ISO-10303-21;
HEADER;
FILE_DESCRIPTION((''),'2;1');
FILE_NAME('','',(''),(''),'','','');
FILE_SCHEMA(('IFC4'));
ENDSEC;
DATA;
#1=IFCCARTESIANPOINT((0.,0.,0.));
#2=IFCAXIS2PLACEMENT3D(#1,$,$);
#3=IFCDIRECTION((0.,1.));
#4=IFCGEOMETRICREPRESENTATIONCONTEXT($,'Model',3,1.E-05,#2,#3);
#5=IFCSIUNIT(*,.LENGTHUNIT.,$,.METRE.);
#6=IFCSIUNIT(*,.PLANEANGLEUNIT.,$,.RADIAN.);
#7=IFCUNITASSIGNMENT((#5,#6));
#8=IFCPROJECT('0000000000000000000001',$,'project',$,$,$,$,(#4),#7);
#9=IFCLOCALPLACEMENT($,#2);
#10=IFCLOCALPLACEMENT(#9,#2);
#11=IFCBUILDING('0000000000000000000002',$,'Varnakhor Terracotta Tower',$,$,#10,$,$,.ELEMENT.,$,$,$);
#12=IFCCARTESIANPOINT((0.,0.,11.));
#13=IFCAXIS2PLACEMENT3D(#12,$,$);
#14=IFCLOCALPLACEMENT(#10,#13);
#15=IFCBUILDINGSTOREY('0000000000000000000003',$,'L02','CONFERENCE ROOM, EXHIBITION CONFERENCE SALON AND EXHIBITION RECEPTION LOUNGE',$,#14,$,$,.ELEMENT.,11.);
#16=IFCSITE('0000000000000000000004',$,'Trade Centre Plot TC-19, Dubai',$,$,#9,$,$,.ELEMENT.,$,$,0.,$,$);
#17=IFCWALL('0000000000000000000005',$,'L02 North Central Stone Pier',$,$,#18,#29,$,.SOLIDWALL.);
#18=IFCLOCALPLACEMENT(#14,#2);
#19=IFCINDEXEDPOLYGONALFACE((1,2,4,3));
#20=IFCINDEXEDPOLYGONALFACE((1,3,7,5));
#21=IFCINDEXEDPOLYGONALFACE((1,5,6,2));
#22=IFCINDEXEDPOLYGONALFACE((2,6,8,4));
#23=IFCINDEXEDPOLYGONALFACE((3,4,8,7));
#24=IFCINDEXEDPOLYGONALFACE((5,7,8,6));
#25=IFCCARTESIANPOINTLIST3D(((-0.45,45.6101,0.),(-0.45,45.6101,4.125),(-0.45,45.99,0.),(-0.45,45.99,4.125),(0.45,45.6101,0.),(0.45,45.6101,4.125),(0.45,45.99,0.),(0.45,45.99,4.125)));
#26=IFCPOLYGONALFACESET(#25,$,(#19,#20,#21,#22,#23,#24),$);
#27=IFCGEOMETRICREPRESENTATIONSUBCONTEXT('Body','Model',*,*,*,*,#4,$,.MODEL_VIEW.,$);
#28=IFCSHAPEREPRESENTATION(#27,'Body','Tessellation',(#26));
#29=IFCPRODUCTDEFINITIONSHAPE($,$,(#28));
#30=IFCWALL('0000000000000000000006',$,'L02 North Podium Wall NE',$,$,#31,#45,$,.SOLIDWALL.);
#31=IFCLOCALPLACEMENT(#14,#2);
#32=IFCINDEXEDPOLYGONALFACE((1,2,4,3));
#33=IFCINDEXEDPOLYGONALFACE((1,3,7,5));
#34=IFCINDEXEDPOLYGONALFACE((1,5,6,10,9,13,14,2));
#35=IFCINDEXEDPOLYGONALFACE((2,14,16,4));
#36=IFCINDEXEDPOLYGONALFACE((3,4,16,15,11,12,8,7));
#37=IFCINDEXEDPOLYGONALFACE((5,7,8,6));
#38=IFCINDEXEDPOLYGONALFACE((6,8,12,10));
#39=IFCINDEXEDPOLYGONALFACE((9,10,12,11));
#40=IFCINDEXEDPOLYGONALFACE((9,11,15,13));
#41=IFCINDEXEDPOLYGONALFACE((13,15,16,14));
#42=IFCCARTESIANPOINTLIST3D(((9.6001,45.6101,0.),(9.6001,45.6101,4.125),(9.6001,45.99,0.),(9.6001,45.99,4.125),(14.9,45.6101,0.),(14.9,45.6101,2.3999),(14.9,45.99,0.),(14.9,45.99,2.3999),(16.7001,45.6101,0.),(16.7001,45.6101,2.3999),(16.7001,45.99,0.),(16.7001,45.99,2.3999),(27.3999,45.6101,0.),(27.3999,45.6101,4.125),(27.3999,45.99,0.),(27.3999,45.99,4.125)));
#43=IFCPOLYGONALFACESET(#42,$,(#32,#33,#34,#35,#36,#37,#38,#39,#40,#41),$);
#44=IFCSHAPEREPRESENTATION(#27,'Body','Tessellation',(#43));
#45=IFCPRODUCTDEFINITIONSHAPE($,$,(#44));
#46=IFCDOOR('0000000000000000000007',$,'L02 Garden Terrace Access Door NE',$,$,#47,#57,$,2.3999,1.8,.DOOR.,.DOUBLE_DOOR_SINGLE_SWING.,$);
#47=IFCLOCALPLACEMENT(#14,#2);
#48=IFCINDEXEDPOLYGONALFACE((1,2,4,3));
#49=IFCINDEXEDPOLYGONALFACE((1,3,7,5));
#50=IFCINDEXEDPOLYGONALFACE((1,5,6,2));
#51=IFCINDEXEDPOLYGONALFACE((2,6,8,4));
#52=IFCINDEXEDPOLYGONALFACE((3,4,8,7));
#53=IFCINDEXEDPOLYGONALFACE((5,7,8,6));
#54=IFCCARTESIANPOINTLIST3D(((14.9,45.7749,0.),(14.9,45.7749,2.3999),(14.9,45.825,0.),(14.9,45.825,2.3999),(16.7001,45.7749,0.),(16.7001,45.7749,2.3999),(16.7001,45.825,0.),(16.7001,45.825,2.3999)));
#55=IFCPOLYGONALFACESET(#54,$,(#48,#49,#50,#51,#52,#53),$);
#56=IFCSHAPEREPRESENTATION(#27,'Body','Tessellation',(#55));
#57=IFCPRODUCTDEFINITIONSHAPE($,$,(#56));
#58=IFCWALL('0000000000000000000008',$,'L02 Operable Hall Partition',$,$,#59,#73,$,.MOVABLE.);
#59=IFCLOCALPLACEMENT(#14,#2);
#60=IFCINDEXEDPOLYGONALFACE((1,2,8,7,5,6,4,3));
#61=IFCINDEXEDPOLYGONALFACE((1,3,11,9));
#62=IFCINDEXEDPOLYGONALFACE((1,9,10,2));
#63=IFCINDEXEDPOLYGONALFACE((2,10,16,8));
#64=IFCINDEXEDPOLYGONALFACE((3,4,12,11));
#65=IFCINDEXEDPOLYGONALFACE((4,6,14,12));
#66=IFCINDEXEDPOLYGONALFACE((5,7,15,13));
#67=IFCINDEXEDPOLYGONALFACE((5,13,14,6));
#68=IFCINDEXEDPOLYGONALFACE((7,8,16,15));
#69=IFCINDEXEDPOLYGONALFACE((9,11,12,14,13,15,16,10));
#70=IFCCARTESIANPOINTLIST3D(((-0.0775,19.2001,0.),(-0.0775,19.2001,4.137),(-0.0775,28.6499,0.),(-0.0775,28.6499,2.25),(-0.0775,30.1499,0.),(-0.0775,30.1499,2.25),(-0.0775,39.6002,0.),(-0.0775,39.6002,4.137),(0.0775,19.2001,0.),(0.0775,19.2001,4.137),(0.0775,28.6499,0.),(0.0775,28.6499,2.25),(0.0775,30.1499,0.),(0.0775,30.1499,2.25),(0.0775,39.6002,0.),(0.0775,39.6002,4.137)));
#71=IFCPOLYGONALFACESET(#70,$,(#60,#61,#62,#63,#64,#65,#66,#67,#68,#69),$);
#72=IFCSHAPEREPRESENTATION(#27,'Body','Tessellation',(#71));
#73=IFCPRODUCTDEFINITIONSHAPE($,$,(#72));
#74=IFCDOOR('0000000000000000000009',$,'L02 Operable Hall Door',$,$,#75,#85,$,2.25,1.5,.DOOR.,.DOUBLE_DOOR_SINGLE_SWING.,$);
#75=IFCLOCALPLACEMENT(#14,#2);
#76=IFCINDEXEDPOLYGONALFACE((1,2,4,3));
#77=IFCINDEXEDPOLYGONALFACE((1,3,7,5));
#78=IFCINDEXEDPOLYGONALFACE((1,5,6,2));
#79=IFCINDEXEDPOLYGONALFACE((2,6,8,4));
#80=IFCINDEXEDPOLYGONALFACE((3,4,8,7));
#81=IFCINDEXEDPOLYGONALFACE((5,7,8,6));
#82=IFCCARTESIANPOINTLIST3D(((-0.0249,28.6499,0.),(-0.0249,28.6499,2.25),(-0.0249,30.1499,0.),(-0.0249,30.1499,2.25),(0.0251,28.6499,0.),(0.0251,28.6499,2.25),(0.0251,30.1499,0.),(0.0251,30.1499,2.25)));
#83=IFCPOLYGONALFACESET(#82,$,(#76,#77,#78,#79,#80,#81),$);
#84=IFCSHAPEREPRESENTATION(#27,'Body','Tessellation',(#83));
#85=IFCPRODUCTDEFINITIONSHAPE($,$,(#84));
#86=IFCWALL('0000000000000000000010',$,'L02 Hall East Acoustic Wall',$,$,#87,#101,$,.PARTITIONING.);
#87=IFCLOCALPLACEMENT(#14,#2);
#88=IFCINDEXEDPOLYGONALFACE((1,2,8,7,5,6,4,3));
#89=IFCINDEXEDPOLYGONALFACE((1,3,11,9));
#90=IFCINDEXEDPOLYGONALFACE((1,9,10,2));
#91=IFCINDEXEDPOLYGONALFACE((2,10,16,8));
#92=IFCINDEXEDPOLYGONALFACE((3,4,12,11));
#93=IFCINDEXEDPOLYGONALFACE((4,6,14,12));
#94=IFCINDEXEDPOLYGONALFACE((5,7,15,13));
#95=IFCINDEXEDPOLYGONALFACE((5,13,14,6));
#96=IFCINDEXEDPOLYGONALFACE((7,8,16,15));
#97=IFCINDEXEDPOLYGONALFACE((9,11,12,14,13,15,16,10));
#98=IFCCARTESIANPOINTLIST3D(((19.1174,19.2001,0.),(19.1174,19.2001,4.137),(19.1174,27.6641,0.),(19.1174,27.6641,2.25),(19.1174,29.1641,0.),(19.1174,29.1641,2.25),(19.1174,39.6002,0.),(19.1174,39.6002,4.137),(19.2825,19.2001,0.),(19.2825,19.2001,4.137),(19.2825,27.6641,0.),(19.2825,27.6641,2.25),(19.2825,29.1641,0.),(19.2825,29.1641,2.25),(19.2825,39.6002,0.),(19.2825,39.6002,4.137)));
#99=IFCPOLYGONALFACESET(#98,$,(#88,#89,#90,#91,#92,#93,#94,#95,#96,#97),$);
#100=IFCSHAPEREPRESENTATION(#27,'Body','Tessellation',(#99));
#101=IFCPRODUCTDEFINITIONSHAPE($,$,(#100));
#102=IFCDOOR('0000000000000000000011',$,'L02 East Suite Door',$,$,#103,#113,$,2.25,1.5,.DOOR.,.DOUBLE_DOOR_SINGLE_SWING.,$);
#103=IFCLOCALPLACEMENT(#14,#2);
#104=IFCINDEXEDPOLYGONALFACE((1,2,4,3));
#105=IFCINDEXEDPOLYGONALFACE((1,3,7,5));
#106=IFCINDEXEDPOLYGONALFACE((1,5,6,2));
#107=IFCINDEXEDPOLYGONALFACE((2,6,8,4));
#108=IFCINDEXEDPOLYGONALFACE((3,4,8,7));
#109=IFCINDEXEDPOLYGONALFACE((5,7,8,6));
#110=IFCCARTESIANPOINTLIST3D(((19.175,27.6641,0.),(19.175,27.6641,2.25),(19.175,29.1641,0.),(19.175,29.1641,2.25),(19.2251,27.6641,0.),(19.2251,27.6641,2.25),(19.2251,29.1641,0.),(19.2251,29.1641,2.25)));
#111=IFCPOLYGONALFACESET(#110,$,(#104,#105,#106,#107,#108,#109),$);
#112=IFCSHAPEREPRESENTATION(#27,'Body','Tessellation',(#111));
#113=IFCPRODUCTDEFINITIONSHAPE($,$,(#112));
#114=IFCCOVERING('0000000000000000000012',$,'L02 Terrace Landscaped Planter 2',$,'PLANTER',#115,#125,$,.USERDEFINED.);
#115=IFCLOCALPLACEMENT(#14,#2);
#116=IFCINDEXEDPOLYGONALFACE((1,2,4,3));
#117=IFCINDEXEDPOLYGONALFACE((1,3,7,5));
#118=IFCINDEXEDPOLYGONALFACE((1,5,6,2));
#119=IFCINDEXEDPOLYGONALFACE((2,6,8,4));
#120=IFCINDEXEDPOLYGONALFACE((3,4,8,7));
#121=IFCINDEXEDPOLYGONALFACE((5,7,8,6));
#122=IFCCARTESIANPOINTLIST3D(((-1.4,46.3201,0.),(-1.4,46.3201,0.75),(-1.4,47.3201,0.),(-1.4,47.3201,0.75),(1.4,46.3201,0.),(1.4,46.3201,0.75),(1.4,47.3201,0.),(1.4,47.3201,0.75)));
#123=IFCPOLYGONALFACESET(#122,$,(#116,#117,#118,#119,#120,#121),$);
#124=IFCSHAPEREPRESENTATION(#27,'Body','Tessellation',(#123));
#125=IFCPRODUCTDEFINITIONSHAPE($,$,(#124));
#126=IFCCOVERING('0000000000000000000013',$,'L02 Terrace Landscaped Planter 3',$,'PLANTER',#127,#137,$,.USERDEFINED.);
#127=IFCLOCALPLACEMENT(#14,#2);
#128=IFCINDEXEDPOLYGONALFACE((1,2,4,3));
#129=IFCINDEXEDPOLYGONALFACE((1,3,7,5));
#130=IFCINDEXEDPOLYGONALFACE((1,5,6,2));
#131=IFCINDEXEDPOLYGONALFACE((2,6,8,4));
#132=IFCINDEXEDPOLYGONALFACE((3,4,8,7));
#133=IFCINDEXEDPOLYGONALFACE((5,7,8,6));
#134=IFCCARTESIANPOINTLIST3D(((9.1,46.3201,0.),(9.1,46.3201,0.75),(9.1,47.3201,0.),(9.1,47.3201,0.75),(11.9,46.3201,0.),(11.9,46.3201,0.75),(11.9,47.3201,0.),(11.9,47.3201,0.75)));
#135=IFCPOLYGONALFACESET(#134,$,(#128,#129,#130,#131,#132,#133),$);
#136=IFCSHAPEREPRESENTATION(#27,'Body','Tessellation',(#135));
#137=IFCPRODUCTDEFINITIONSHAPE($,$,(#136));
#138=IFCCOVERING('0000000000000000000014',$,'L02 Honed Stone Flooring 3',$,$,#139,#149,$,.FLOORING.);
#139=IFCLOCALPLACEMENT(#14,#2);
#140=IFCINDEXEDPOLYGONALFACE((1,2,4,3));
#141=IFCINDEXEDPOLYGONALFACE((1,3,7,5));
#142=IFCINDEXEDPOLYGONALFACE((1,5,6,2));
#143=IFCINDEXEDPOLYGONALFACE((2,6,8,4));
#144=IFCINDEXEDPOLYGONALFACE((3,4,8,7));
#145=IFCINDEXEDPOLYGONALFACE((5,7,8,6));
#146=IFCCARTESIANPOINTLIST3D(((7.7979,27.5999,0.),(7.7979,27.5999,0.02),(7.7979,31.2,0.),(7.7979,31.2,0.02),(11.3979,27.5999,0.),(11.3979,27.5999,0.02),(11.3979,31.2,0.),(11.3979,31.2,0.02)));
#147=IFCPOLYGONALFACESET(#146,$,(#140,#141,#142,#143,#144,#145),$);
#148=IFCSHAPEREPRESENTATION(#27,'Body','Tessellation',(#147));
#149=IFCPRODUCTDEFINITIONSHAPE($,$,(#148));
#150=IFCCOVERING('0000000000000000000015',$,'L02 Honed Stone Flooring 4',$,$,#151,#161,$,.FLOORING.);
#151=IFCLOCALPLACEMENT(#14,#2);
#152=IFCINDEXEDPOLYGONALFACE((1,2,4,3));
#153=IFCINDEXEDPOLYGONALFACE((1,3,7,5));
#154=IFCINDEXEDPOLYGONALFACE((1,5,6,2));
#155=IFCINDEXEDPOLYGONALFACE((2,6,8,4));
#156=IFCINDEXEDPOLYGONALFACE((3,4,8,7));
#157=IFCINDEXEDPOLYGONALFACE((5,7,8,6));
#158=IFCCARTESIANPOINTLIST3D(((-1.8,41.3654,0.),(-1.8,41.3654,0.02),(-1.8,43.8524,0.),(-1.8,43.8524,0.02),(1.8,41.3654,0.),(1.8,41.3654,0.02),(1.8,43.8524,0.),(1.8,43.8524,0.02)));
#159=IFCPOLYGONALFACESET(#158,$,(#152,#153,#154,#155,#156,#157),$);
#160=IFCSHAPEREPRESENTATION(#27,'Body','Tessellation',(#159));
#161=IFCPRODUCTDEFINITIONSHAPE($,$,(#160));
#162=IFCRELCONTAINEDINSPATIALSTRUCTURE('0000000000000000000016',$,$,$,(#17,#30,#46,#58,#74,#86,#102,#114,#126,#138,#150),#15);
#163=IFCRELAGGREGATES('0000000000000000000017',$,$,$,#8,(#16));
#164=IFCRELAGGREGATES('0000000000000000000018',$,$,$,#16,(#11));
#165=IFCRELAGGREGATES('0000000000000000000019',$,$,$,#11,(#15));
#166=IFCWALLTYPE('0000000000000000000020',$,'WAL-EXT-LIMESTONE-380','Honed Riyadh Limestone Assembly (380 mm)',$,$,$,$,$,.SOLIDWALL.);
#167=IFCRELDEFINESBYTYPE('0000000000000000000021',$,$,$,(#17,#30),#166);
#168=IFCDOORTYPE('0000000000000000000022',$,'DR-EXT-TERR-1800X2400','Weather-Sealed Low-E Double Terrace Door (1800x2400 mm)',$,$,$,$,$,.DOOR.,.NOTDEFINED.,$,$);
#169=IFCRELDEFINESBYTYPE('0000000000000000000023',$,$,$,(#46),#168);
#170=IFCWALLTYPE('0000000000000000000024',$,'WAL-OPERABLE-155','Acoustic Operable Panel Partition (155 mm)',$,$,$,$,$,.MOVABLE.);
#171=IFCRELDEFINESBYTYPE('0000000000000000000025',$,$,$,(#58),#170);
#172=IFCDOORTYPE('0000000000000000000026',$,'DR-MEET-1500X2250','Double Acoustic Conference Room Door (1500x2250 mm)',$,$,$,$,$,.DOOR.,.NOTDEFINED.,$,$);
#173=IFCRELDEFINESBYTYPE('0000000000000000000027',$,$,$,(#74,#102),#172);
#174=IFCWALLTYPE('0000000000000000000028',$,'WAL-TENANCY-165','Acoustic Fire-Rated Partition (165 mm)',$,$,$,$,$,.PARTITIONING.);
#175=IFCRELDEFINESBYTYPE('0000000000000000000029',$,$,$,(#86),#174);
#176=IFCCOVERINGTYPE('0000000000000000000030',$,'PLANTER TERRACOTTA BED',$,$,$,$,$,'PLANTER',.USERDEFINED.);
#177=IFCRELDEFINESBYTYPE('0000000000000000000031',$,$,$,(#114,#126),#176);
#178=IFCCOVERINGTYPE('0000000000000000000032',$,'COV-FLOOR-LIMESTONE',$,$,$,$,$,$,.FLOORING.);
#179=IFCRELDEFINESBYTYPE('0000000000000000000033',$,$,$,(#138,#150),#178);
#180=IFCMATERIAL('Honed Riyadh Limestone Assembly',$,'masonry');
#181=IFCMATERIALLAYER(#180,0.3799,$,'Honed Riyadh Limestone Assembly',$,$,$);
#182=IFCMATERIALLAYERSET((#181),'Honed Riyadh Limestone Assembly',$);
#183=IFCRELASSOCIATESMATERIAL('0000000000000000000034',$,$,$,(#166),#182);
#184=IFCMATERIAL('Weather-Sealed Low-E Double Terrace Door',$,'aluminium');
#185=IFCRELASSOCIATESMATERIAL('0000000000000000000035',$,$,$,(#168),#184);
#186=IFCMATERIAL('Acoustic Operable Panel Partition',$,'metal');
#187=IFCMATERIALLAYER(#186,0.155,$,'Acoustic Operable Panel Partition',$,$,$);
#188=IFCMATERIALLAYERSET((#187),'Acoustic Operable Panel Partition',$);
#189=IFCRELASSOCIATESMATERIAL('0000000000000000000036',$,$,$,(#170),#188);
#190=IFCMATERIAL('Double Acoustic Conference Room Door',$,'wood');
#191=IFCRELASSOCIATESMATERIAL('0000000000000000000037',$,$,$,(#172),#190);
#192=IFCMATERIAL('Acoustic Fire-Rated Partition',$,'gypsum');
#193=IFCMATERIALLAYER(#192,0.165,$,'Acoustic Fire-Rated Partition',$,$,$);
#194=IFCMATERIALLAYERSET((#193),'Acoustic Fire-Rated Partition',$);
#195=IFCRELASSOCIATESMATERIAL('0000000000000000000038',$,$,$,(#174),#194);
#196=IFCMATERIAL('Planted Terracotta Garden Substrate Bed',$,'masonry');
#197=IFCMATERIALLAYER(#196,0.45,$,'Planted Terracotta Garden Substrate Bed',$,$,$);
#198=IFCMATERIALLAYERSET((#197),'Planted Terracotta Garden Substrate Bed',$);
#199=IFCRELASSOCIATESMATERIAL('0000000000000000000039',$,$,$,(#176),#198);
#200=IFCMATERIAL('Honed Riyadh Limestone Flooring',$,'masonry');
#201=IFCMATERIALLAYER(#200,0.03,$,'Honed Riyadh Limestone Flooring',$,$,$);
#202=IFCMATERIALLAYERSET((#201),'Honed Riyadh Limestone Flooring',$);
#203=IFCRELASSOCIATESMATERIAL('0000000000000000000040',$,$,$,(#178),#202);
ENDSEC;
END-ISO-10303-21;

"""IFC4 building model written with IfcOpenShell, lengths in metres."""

from ifc_helpers import new_model, si_unit, direction, frame, frame_2d, origin, origin_2d, place, context, subcontext, project, spatial, rectangle, extrude, source, transform, mapped, material, layer, layer_set, type_object, type_shapes, element, fill, save


model = new_model("IFC4")

# Units and contexts
model_context = context("Model", 3, precision=1e-05, world=origin(), true_north=direction((0.0, 1.0)))
body_context = subcontext(model_context, "Body", "Model", "MODEL_VIEW")
ifc_project = project(units=[si_unit("LENGTHUNIT", "METRE"), si_unit("PLANEANGLEUNIT", "RADIAN")], contexts=[model_context])

# Site, building, storey
site_placement = place(None, origin())
site = spatial("IfcSite", under=ifc_project, at=site_placement, Name="Trade Centre Plot TC-19, Dubai", CompositionType="ELEMENT", RefElevation=0.0)
building_placement = place(site_placement, origin())
building = spatial("IfcBuilding", under=site, at=building_placement, Name="Varnakhor Terracotta Tower", CompositionType="ELEMENT")
storey_placement = place(building_placement, frame((0.0, 0.0, 11.0)))
storey = spatial("IfcBuildingStorey", under=building, at=storey_placement, Name="L02", Description="CONFERENCE ROOM, EXHIBITION CONFERENCE SALON AND EXHIBITION RECEPTION LOUNGE", CompositionType="ELEMENT", Elevation=11.0)

# Wall
ifc_material_1 = material(Name="Honed Riyadh Limestone Assembly", Category="masonry")
ifc_layer_1 = layer(ifc_material_1, 0.3799, Name="Honed Riyadh Limestone Assembly")
ifc_layer_set_1 = layer_set([ifc_layer_1], Name="Honed Riyadh Limestone Assembly")
wall_type_1 = type_object("IfcWallType", Name="WAL-EXT-LIMESTONE-380", Description="Honed Riyadh Limestone Assembly (380 mm)", PredefinedType="SOLIDWALL", material=ifc_layer_set_1)
wall_1_placement = place(storey_placement, frame((-0.45, 45.8, 0.0), z_axis=(0.0, 0.0, 1.0), x_axis=(1.0, 0.0, 0.0)))
element("IfcWall", 1, at=wall_1_placement, inside=storey, type_object=wall_type_1, Name="L02 North Central Stone Pier", PredefinedType="SOLIDWALL", context=body_context, shape_type="SweptSolid", body=[
    extrude(rectangle(XDim=0.8999, YDim=0.3799, at=frame_2d((0.45, 0.0))), origin(), (0.0, 0.0, 1.0), 4.125),
])

# Walls, openings, doors
wall_2_placement = place(storey_placement, frame((9.6001, 45.8, 0.0), z_axis=(0.0, 0.0, 1.0), x_axis=(1.0, 0.0, 0.0)))
wall_2 = element("IfcWall", 2, at=wall_2_placement, inside=storey, type_object=wall_type_1, Name="L02 North Podium Wall NE", PredefinedType="SOLIDWALL", context=body_context, shape_type="SweptSolid", body=[
    extrude(rectangle(XDim=17.7998, YDim=0.3799, at=frame_2d((8.8999, 0.0))), origin(), (0.0, 0.0, 1.0), 4.125),
])
opening_1_placement = place(wall_2_placement, frame((5.3, 0.0, 0.0)))
opening_1 = element("IfcOpeningElement", 3, at=opening_1_placement, cuts=wall_2, PredefinedType="OPENING", context=body_context, shape_type="SweptSolid", body=[
    extrude(rectangle(XDim=1.8, YDim=2.3999, at=frame_2d((0.8999, 1.2))), frame((0.0, 0.2, 0.0), z_axis=(0.0, -1.0, 0.0), x_axis=(1.0, 0.0, 0.0)), (0.0, 0.0, 1.0), 0.3999),
])
ifc_material_2 = material(Name="Weather-Sealed Low-E Double Terrace Door", Category="aluminium")
door_type_1 = type_object("IfcDoorType", Name="DR-EXT-TERR-1800X2400", Description="Weather-Sealed Low-E Double Terrace Door (1800x2400 mm)", OperationType="NOTDEFINED", PredefinedType="DOOR", material=ifc_material_2)
shared_shape_1 = source(origin(), body_context, "Body", "SweptSolid", [
    extrude(rectangle(XDim=1.8, YDim=2.3999, at=frame_2d((0.8999, 1.2))), frame((0.0, 0.0249, 0.0), z_axis=(0.0, -1.0, 0.0), x_axis=(1.0, 0.0, 0.0)), (0.0, 0.0, 1.0), 0.05),
])
type_shapes(door_type_1, [shared_shape_1])
door_1_placement = place(opening_1_placement, origin())
door_1 = element("IfcDoor", 4, at=door_1_placement, inside=storey, type_object=door_type_1, Name="L02 Garden Terrace Access Door NE", OperationType="DOUBLE_DOOR_SINGLE_SWING", OverallHeight=2.3999, OverallWidth=1.8, PredefinedType="DOOR", context=body_context, shape_type="MappedRepresentation", body=[
    mapped(shared_shape_1, transform((0.0, 0.0, 0.0), scale=1.0)),
])
fill(opening_1, door_1)
ifc_material_3 = material(Name="Acoustic Operable Panel Partition", Category="metal")
ifc_layer_2 = layer(ifc_material_3, 0.155, Name="Acoustic Operable Panel Partition")
ifc_layer_set_2 = layer_set([ifc_layer_2], Name="Acoustic Operable Panel Partition")
wall_type_2 = type_object("IfcWallType", Name="WAL-OPERABLE-155", Description="Acoustic Operable Panel Partition (155 mm)", PredefinedType="MOVABLE", material=ifc_layer_set_2)
wall_3_placement = place(storey_placement, frame((0.0, 19.2, 0.0), z_axis=(0.0, 0.0, 1.0), x_axis=(0.0, 1.0, 0.0)))
wall_3 = element("IfcWall", 5, at=wall_3_placement, inside=storey, type_object=wall_type_2, Name="L02 Operable Hall Partition", PredefinedType="MOVABLE", context=body_context, shape_type="SweptSolid", body=[
    extrude(rectangle(XDim=20.4001, YDim=0.155, at=frame_2d((10.2002, 0.0))), origin(), (0.0, 0.0, 1.0), 4.137),
])
opening_2_placement = place(wall_3_placement, frame((9.45, 0.0, 0.0)))
opening_2 = element("IfcOpeningElement", 6, at=opening_2_placement, cuts=wall_3, PredefinedType="OPENING", context=body_context, shape_type="SweptSolid", body=[
    extrude(rectangle(XDim=1.5, YDim=2.25, at=frame_2d((0.75, 1.125))), frame((0.0, 0.0874, 0.0), z_axis=(0.0, -1.0, 0.0), x_axis=(1.0, 0.0, 0.0)), (0.0, 0.0, 1.0), 0.175),
])
ifc_material_4 = material(Name="Double Acoustic Conference Room Door", Category="wood")
door_type_2 = type_object("IfcDoorType", Name="DR-MEET-1500X2250", Description="Double Acoustic Conference Room Door (1500x2250 mm)", OperationType="NOTDEFINED", PredefinedType="DOOR", material=ifc_material_4)
shared_shape_2 = source(origin(), body_context, "Body", "SweptSolid", [
    extrude(rectangle(XDim=1.5, YDim=2.25, at=frame_2d((0.75, 1.125))), frame((0.0, 0.0249, 0.0), z_axis=(0.0, -1.0, 0.0), x_axis=(1.0, 0.0, 0.0)), (0.0, 0.0, 1.0), 0.05),
])
type_shapes(door_type_2, [shared_shape_2])
door_2_placement = place(opening_2_placement, origin())
door_2 = element("IfcDoor", 7, at=door_2_placement, inside=storey, type_object=door_type_2, Name="L02 Operable Hall Door", OperationType="DOUBLE_DOOR_SINGLE_SWING", OverallHeight=2.25, OverallWidth=1.5, PredefinedType="DOOR", context=body_context, shape_type="MappedRepresentation", body=[
    mapped(shared_shape_2, transform((0.0, 0.0, 0.0), scale=1.0)),
])
fill(opening_2, door_2)
ifc_material_5 = material(Name="Acoustic Fire-Rated Partition", Category="gypsum")
ifc_layer_3 = layer(ifc_material_5, 0.165, Name="Acoustic Fire-Rated Partition")
ifc_layer_set_3 = layer_set([ifc_layer_3], Name="Acoustic Fire-Rated Partition")
wall_type_3 = type_object("IfcWallType", Name="WAL-TENANCY-165", Description="Acoustic Fire-Rated Partition (165 mm)", PredefinedType="PARTITIONING", material=ifc_layer_set_3)
wall_4_placement = place(storey_placement, frame((19.2, 19.2, 0.0), z_axis=(0.0, 0.0, 1.0), x_axis=(0.0, 1.0, 0.0)))
wall_4 = element("IfcWall", 8, at=wall_4_placement, inside=storey, type_object=wall_type_3, Name="L02 Hall East Acoustic Wall", PredefinedType="PARTITIONING", context=body_context, shape_type="SweptSolid", body=[
    extrude(rectangle(XDim=20.4001, YDim=0.165, at=frame_2d((10.2002, 0.0))), origin(), (0.0, 0.0, 1.0), 4.137),
])
opening_3_placement = place(wall_4_placement, frame((8.4641, 0.0, 0.0)))
opening_3 = element("IfcOpeningElement", 9, at=opening_3_placement, cuts=wall_4, PredefinedType="OPENING", context=body_context, shape_type="SweptSolid", body=[
    extrude(rectangle(XDim=1.5, YDim=2.25, at=frame_2d((0.75, 1.125))), frame((0.0, 0.0925, 0.0), z_axis=(0.0, -1.0, 0.0), x_axis=(1.0, 0.0, 0.0)), (0.0, 0.0, 1.0), 0.1851),
])
door_3_placement = place(opening_3_placement, origin())
door_3 = element("IfcDoor", 10, at=door_3_placement, inside=storey, type_object=door_type_2, Name="L02 East Suite Door", OperationType="DOUBLE_DOOR_SINGLE_SWING", OverallHeight=2.25, OverallWidth=1.5, PredefinedType="DOOR", context=body_context, shape_type="MappedRepresentation", body=[
    mapped(shared_shape_2, transform((0.0, 0.0, 0.0), scale=1.0)),
])
fill(opening_3, door_3)

# Coverings
ifc_material_6 = material(Name="Planted Terracotta Garden Substrate Bed", Category="masonry")
ifc_layer_4 = layer(ifc_material_6, 0.45, Name="Planted Terracotta Garden Substrate Bed")
ifc_layer_set_4 = layer_set([ifc_layer_4], Name="Planted Terracotta Garden Substrate Bed")
covering_type_1 = type_object("IfcCoveringType", Name="PLANTER TERRACOTTA BED", ElementType="PLANTER", PredefinedType="USERDEFINED", material=ifc_layer_set_4)
shared_shape_3 = source(origin(), body_context, "Body", "SweptSolid", [
    extrude(rectangle(XDim=2.8, YDim=1.0, at=origin_2d()), origin(), (0.0, 0.0, 1.0), 0.75),
])
type_shapes(covering_type_1, [shared_shape_3])
for number, where, z_axis, x_axis, name in (
    (11, (0.0, 46.8201, 0.0), (0.0, 0.0, 1.0), (1.0, 0.0, 0.0), "L02 Terrace Landscaped Planter 2"),
    (12, (10.5, 46.8201, 0.0), (0.0, 0.0, 1.0), (1.0, 0.0, 0.0), "L02 Terrace Landscaped Planter 3"),
):
    element("IfcCovering", number, at=place(storey_placement, frame(where, z_axis=z_axis, x_axis=x_axis)), inside=storey, type_object=covering_type_1, Name=name, ObjectType="PLANTER", PredefinedType="USERDEFINED", context=body_context, shape_type="MappedRepresentation", body=[
        mapped(shared_shape_3, transform((0.0, 0.0, 0.0), scale=1.0)),
    ])
ifc_material_7 = material(Name="Honed Riyadh Limestone Flooring", Category="masonry")
ifc_layer_5 = layer(ifc_material_7, 0.03, Name="Honed Riyadh Limestone Flooring")
ifc_layer_set_5 = layer_set([ifc_layer_5], Name="Honed Riyadh Limestone Flooring")
covering_type_2 = type_object("IfcCoveringType", Name="COV-FLOOR-LIMESTONE", PredefinedType="FLOORING", material=ifc_layer_set_5)
shared_shape_4 = source(origin(), body_context, "Body", "SweptSolid", [
    extrude(rectangle(XDim=3.6001, YDim=3.6001, at=origin_2d()), origin(), (0.0, 0.0, 1.0), 0.02),
])
covering_1_placement = place(storey_placement, frame((9.5979, 29.3999, 0.0), z_axis=(0.0, 0.0, 1.0), x_axis=(1.0, 0.0, 0.0)))
element("IfcCovering", 13, at=covering_1_placement, inside=storey, type_object=covering_type_2, Name="L02 Honed Stone Flooring 3", PredefinedType="FLOORING", context=body_context, shape_type="MappedRepresentation", body=[
    mapped(shared_shape_4, transform((0.0, 0.0, 0.0), scale=1.0)),
])
shared_shape_5 = source(origin(), body_context, "Body", "SweptSolid", [
    extrude(rectangle(XDim=3.6001, YDim=2.4871, at=origin_2d()), origin(), (0.0, 0.0, 1.0), 0.02),
])
covering_2_placement = place(storey_placement, frame((0.0, 42.6089, 0.0), z_axis=(0.0, 0.0, 1.0), x_axis=(1.0, 0.0, 0.0)))
element("IfcCovering", 14, at=covering_2_placement, inside=storey, type_object=covering_type_2, Name="L02 Honed Stone Flooring 4", PredefinedType="FLOORING", context=body_context, shape_type="MappedRepresentation", body=[
    mapped(shared_shape_5, transform((0.0, 0.0, 0.0), scale=1.0)),
])

save(model, "model.ifc")
